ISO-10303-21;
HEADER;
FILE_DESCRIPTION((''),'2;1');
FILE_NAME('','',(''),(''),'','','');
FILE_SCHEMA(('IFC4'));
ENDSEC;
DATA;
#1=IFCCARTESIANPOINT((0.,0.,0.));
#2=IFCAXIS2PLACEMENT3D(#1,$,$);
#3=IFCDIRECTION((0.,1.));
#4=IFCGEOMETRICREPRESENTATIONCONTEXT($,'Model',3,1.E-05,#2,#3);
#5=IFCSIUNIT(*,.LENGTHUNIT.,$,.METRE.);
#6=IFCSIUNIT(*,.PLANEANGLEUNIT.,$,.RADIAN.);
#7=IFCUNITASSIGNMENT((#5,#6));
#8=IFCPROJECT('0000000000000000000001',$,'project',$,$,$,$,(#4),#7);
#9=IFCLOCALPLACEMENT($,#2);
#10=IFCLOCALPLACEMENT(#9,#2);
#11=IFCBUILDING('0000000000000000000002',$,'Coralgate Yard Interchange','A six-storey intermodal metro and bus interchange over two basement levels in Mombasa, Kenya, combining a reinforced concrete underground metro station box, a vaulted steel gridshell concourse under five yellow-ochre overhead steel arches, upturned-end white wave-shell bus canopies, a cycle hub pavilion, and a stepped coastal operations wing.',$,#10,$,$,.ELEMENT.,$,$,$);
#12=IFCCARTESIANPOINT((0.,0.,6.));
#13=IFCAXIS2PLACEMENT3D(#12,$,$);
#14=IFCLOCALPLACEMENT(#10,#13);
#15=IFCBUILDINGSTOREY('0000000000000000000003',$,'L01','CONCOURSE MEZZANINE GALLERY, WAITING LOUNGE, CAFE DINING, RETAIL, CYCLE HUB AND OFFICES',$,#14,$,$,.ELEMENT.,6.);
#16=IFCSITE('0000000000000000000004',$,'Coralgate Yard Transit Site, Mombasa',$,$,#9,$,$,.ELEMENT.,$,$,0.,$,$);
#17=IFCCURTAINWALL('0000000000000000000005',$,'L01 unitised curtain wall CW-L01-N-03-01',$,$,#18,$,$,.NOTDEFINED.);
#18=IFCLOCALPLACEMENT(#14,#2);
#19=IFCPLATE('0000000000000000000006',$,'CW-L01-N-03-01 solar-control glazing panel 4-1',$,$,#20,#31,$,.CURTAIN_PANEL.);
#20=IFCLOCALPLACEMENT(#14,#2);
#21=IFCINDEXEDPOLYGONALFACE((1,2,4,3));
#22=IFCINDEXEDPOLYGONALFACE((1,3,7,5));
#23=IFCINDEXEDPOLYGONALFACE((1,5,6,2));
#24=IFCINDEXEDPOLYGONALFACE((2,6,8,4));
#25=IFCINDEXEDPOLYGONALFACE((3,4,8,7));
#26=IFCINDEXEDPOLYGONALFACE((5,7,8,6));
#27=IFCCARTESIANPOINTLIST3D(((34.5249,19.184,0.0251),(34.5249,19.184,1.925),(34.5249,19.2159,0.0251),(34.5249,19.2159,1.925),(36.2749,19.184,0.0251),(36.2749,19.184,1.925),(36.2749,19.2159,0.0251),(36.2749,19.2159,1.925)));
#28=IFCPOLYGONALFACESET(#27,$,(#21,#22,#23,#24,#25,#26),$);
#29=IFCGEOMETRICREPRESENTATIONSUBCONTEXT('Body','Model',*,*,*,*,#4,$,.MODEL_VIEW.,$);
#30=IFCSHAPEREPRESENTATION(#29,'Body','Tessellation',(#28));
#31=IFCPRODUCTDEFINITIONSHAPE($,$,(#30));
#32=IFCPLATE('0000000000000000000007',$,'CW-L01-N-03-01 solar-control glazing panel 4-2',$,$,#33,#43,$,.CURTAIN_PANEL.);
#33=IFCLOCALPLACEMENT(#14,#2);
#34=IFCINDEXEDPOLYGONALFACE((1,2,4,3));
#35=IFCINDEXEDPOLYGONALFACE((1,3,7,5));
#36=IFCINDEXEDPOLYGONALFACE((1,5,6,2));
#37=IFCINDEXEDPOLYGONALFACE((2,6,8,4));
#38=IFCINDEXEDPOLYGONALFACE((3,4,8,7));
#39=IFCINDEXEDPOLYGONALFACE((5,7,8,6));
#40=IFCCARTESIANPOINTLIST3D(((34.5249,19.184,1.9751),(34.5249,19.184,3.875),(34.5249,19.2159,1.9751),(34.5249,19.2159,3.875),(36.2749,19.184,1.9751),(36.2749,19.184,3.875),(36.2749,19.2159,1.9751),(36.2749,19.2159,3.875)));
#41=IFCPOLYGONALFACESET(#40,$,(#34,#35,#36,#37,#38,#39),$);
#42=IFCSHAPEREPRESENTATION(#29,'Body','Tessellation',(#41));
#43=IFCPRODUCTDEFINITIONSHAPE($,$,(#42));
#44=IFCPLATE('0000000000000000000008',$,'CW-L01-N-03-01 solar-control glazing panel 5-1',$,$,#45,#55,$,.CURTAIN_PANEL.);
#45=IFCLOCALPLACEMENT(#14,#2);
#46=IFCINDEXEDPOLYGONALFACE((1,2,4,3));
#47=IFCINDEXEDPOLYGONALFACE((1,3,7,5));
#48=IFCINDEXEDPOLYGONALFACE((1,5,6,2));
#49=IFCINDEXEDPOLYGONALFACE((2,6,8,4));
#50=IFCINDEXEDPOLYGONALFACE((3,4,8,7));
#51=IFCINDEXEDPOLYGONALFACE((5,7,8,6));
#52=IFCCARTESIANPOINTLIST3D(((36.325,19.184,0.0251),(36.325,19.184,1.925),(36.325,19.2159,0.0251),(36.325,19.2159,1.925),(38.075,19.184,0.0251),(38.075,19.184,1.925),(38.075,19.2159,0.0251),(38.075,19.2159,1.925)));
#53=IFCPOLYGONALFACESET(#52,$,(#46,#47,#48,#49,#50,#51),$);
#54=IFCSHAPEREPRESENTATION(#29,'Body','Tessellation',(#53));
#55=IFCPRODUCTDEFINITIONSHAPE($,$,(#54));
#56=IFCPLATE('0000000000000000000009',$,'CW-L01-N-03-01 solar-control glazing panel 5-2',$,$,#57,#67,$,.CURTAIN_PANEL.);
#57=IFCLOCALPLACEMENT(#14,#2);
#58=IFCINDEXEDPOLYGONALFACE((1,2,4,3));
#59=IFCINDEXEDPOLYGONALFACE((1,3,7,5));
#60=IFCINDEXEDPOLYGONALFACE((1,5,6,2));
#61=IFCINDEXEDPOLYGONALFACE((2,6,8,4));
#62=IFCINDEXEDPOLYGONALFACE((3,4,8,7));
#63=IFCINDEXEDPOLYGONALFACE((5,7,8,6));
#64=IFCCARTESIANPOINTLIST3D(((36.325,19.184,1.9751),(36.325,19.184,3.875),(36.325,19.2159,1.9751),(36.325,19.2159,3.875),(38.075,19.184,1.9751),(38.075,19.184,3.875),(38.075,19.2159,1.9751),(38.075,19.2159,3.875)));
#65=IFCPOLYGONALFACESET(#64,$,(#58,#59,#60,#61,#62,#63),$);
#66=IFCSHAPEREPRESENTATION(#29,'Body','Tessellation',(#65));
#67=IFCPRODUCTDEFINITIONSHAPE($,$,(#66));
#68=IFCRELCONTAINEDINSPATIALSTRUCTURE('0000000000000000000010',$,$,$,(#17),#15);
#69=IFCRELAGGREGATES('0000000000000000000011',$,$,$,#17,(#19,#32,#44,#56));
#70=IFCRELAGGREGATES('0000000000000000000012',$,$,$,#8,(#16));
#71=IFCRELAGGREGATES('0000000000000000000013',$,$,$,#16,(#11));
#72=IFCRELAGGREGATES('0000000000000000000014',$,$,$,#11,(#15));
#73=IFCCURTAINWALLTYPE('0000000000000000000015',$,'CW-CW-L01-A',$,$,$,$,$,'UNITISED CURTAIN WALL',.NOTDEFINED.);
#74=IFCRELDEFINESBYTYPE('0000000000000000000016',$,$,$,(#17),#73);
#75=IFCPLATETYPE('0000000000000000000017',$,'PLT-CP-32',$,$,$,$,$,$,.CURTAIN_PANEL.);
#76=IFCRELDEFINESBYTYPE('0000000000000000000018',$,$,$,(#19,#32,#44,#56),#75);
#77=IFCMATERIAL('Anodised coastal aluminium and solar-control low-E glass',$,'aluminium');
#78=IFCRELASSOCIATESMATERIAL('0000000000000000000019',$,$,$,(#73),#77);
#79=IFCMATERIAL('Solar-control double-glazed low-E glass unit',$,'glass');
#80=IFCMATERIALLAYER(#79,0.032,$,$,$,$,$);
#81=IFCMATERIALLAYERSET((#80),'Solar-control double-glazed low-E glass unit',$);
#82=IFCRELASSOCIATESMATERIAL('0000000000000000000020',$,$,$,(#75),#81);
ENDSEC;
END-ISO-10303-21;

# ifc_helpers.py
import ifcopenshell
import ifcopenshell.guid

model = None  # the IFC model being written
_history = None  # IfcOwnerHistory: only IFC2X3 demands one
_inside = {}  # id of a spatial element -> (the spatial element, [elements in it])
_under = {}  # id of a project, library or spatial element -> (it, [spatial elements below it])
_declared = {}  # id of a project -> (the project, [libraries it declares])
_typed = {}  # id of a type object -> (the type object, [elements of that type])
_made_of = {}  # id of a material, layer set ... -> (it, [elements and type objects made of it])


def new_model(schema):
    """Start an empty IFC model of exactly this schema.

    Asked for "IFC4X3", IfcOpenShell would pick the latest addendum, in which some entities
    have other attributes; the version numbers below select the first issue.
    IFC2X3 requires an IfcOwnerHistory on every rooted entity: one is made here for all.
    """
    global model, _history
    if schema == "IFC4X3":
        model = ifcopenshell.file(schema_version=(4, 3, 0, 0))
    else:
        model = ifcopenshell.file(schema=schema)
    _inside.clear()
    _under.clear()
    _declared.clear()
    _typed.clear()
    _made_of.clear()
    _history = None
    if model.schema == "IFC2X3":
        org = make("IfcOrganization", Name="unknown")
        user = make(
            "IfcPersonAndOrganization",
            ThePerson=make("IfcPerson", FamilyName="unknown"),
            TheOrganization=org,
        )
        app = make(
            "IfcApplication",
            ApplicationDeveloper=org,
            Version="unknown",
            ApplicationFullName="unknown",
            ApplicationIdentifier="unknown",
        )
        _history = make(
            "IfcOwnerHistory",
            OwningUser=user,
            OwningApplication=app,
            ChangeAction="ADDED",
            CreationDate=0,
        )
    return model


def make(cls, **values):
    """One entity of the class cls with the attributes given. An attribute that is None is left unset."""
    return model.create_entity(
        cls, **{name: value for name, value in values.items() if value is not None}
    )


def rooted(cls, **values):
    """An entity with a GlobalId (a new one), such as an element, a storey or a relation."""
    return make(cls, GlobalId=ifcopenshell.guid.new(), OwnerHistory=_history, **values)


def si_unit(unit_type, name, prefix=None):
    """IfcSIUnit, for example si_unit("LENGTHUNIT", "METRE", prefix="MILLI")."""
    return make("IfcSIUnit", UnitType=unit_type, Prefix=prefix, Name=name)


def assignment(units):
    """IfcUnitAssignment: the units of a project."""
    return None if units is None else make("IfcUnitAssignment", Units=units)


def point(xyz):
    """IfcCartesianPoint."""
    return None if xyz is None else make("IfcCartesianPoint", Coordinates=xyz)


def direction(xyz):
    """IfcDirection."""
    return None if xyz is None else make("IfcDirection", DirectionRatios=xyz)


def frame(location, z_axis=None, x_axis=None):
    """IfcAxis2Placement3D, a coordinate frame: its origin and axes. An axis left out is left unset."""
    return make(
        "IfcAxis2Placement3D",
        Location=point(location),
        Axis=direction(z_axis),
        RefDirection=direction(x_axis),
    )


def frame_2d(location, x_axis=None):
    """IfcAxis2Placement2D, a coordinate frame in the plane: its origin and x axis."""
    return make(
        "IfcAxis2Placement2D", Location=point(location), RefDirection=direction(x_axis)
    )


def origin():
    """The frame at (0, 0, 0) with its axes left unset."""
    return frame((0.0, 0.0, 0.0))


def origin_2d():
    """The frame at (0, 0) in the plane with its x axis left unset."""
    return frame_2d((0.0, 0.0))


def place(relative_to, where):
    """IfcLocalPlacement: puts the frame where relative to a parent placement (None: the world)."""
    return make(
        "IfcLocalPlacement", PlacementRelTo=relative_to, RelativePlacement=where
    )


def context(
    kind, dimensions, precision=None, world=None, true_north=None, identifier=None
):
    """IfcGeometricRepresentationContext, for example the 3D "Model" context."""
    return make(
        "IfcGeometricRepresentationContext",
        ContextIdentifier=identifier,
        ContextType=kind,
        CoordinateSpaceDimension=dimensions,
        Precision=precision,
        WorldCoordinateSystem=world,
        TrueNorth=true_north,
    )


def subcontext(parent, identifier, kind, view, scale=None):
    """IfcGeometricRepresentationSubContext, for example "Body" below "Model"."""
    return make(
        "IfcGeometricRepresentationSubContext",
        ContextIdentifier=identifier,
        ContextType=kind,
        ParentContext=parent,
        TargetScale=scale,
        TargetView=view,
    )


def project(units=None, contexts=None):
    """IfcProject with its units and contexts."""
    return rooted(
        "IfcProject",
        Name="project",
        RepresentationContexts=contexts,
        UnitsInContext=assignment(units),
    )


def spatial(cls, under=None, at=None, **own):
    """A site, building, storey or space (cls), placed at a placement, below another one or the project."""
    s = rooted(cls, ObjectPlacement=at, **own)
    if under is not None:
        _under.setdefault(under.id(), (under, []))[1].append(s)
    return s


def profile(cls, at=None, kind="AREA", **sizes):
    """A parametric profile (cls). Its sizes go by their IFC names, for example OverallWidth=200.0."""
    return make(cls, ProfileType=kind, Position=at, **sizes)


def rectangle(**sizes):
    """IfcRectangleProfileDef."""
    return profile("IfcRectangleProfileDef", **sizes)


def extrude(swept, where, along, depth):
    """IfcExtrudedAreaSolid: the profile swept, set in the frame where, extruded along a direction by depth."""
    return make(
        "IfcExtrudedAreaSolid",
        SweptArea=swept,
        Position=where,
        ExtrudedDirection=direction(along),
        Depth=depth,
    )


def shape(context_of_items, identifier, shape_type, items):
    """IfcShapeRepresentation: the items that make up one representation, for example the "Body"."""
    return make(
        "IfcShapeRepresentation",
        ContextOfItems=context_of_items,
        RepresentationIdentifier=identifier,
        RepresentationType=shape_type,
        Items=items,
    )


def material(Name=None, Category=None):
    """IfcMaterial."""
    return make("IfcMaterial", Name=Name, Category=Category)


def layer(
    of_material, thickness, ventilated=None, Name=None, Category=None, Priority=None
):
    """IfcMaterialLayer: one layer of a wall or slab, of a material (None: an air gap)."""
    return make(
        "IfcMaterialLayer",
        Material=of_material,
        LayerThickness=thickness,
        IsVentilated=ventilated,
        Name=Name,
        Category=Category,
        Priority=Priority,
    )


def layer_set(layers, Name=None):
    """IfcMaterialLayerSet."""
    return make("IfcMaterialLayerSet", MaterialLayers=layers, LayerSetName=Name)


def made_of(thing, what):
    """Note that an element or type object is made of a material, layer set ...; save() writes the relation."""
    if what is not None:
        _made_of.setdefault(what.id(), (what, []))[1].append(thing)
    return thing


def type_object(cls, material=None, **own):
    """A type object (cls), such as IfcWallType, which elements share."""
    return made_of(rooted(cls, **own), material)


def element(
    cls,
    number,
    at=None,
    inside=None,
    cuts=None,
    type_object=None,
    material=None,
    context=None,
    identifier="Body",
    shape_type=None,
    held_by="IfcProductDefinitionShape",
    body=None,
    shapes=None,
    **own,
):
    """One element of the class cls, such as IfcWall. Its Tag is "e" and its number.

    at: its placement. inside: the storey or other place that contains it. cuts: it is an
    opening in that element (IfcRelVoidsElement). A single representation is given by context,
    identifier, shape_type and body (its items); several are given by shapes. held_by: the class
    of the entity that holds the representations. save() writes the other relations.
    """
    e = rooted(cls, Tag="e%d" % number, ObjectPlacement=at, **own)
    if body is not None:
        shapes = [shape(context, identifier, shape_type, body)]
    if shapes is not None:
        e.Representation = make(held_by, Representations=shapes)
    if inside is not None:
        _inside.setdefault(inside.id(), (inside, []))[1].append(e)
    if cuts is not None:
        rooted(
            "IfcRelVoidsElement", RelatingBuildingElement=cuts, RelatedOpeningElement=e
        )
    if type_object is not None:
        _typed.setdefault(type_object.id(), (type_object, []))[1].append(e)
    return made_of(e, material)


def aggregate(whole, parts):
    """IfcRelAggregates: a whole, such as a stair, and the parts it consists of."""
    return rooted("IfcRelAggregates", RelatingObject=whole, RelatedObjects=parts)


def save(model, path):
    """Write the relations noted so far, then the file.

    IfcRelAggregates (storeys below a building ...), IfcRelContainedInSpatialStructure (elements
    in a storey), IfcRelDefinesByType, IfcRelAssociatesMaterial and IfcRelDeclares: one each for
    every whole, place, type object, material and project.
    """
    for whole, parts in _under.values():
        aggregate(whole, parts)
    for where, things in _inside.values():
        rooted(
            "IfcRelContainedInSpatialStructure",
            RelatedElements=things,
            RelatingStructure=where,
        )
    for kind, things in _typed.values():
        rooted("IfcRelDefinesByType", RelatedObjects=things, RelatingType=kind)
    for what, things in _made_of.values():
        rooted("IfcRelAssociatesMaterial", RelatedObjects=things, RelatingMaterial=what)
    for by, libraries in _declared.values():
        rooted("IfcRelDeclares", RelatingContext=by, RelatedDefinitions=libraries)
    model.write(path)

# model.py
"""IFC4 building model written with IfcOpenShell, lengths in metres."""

from ifc_helpers import new_model, si_unit, direction, frame, origin, origin_2d, place, context, subcontext, project, spatial, rectangle, extrude, material, layer, layer_set, type_object, element, aggregate, save


model = new_model("IFC4")

# Units and contexts
model_context = context("Model", 3, precision=1e-05, world=origin(), true_north=direction((0.0, 1.0)))
body_context = subcontext(model_context, "Body", "Model", "MODEL_VIEW")
ifc_project = project(units=[si_unit("LENGTHUNIT", "METRE"), si_unit("PLANEANGLEUNIT", "RADIAN")], contexts=[model_context])

# Site, building, storey
site_placement = place(None, origin())
site = spatial("IfcSite", under=ifc_project, at=site_placement, Name="Coralgate Yard Transit Site, Mombasa", CompositionType="ELEMENT", RefElevation=0.0)
building_placement = place(site_placement, origin())
building = spatial("IfcBuilding", under=site, at=building_placement, Name="Coralgate Yard Interchange", Description="A six-storey intermodal metro and bus interchange over two basement levels in Mombasa, Kenya, combining a reinforced concrete underground metro station box, a vaulted steel gridshell concourse under five yellow-ochre overhead steel arches, upturned-end white wave-shell bus canopies, a cycle hub pavilion, and a stepped coastal operations wing.", CompositionType="ELEMENT")
storey_placement = place(building_placement, frame((0.0, 0.0, 6.0)))
storey = spatial("IfcBuildingStorey", under=building, at=storey_placement, Name="L01", Description="CONCOURSE MEZZANINE GALLERY, WAITING LOUNGE, CAFE DINING, RETAIL, CYCLE HUB AND OFFICES", CompositionType="ELEMENT", Elevation=6.0)

# Curtain wall
ifc_material_1 = material(Name="Anodised coastal aluminium and solar-control low-E glass", Category="aluminium")
curtain_wall_type = type_object("IfcCurtainWallType", Name="CW-CW-L01-A", ElementType="UNITISED CURTAIN WALL", PredefinedType="NOTDEFINED", material=ifc_material_1)
curtain_wall_1_placement = place(storey_placement, origin())
curtain_wall_1 = element("IfcCurtainWall", 1, at=curtain_wall_1_placement, inside=storey, type_object=curtain_wall_type, Name="L01 unitised curtain wall CW-L01-N-03-01", PredefinedType="NOTDEFINED")

# Plates
ifc_material_2 = material(Name="Solar-control double-glazed low-E glass unit", Category="glass")
ifc_layer = layer(ifc_material_2, 0.032)
ifc_layer_set = layer_set([ifc_layer], Name="Solar-control double-glazed low-E glass unit")
plate_type = type_object("IfcPlateType", Name="PLT-CP-32", PredefinedType="CURTAIN_PANEL", material=ifc_layer_set)
plate_1_placement = place(storey_placement, frame((35.3999, 19.2, 0.0251), z_axis=(0.0, 0.0, 1.0), x_axis=(1.0, 0.0, 0.0)))
plate_1 = element("IfcPlate", 2, at=plate_1_placement, type_object=plate_type, Name="CW-L01-N-03-01 solar-control glazing panel 4-1", PredefinedType="CURTAIN_PANEL", context=body_context, shape_type="SweptSolid", body=[
    extrude(rectangle(XDim=1.75, YDim=0.032, at=origin_2d()), origin(), (0.0, 0.0, 1.0), 1.8999),
])
plate_2_placement = place(storey_placement, frame((35.3999, 19.2, 1.9751), z_axis=(0.0, 0.0, 1.0), x_axis=(1.0, 0.0, 0.0)))
plate_2 = element("IfcPlate", 3, at=plate_2_placement, type_object=plate_type, Name="CW-L01-N-03-01 solar-control glazing panel 4-2", PredefinedType="CURTAIN_PANEL", context=body_context, shape_type="SweptSolid", body=[
    extrude(rectangle(XDim=1.75, YDim=0.032, at=origin_2d()), origin(), (0.0, 0.0, 1.0), 1.8999),
])
plate_3_placement = place(storey_placement, frame((37.2, 19.2, 0.0251), z_axis=(0.0, 0.0, 1.0), x_axis=(1.0, 0.0, 0.0)))
plate_3 = element("IfcPlate", 4, at=plate_3_placement, type_object=plate_type, Name="CW-L01-N-03-01 solar-control glazing panel 5-1", PredefinedType="CURTAIN_PANEL", context=body_context, shape_type="SweptSolid", body=[
    extrude(rectangle(XDim=1.75, YDim=0.032, at=origin_2d()), origin(), (0.0, 0.0, 1.0), 1.8999),
])
plate_4_placement = place(storey_placement, frame((37.2, 19.2, 1.9751), z_axis=(0.0, 0.0, 1.0), x_axis=(1.0, 0.0, 0.0)))
plate_4 = element("IfcPlate", 5, at=plate_4_placement, type_object=plate_type, Name="CW-L01-N-03-01 solar-control glazing panel 5-2", PredefinedType="CURTAIN_PANEL", context=body_context, shape_type="SweptSolid", body=[
    extrude(rectangle(XDim=1.75, YDim=0.032, at=origin_2d()), origin(), (0.0, 0.0, 1.0), 1.8999),
])
aggregate(curtain_wall_1, [plate_1, plate_2, plate_3, plate_4])

save(model, "model.ifc")
